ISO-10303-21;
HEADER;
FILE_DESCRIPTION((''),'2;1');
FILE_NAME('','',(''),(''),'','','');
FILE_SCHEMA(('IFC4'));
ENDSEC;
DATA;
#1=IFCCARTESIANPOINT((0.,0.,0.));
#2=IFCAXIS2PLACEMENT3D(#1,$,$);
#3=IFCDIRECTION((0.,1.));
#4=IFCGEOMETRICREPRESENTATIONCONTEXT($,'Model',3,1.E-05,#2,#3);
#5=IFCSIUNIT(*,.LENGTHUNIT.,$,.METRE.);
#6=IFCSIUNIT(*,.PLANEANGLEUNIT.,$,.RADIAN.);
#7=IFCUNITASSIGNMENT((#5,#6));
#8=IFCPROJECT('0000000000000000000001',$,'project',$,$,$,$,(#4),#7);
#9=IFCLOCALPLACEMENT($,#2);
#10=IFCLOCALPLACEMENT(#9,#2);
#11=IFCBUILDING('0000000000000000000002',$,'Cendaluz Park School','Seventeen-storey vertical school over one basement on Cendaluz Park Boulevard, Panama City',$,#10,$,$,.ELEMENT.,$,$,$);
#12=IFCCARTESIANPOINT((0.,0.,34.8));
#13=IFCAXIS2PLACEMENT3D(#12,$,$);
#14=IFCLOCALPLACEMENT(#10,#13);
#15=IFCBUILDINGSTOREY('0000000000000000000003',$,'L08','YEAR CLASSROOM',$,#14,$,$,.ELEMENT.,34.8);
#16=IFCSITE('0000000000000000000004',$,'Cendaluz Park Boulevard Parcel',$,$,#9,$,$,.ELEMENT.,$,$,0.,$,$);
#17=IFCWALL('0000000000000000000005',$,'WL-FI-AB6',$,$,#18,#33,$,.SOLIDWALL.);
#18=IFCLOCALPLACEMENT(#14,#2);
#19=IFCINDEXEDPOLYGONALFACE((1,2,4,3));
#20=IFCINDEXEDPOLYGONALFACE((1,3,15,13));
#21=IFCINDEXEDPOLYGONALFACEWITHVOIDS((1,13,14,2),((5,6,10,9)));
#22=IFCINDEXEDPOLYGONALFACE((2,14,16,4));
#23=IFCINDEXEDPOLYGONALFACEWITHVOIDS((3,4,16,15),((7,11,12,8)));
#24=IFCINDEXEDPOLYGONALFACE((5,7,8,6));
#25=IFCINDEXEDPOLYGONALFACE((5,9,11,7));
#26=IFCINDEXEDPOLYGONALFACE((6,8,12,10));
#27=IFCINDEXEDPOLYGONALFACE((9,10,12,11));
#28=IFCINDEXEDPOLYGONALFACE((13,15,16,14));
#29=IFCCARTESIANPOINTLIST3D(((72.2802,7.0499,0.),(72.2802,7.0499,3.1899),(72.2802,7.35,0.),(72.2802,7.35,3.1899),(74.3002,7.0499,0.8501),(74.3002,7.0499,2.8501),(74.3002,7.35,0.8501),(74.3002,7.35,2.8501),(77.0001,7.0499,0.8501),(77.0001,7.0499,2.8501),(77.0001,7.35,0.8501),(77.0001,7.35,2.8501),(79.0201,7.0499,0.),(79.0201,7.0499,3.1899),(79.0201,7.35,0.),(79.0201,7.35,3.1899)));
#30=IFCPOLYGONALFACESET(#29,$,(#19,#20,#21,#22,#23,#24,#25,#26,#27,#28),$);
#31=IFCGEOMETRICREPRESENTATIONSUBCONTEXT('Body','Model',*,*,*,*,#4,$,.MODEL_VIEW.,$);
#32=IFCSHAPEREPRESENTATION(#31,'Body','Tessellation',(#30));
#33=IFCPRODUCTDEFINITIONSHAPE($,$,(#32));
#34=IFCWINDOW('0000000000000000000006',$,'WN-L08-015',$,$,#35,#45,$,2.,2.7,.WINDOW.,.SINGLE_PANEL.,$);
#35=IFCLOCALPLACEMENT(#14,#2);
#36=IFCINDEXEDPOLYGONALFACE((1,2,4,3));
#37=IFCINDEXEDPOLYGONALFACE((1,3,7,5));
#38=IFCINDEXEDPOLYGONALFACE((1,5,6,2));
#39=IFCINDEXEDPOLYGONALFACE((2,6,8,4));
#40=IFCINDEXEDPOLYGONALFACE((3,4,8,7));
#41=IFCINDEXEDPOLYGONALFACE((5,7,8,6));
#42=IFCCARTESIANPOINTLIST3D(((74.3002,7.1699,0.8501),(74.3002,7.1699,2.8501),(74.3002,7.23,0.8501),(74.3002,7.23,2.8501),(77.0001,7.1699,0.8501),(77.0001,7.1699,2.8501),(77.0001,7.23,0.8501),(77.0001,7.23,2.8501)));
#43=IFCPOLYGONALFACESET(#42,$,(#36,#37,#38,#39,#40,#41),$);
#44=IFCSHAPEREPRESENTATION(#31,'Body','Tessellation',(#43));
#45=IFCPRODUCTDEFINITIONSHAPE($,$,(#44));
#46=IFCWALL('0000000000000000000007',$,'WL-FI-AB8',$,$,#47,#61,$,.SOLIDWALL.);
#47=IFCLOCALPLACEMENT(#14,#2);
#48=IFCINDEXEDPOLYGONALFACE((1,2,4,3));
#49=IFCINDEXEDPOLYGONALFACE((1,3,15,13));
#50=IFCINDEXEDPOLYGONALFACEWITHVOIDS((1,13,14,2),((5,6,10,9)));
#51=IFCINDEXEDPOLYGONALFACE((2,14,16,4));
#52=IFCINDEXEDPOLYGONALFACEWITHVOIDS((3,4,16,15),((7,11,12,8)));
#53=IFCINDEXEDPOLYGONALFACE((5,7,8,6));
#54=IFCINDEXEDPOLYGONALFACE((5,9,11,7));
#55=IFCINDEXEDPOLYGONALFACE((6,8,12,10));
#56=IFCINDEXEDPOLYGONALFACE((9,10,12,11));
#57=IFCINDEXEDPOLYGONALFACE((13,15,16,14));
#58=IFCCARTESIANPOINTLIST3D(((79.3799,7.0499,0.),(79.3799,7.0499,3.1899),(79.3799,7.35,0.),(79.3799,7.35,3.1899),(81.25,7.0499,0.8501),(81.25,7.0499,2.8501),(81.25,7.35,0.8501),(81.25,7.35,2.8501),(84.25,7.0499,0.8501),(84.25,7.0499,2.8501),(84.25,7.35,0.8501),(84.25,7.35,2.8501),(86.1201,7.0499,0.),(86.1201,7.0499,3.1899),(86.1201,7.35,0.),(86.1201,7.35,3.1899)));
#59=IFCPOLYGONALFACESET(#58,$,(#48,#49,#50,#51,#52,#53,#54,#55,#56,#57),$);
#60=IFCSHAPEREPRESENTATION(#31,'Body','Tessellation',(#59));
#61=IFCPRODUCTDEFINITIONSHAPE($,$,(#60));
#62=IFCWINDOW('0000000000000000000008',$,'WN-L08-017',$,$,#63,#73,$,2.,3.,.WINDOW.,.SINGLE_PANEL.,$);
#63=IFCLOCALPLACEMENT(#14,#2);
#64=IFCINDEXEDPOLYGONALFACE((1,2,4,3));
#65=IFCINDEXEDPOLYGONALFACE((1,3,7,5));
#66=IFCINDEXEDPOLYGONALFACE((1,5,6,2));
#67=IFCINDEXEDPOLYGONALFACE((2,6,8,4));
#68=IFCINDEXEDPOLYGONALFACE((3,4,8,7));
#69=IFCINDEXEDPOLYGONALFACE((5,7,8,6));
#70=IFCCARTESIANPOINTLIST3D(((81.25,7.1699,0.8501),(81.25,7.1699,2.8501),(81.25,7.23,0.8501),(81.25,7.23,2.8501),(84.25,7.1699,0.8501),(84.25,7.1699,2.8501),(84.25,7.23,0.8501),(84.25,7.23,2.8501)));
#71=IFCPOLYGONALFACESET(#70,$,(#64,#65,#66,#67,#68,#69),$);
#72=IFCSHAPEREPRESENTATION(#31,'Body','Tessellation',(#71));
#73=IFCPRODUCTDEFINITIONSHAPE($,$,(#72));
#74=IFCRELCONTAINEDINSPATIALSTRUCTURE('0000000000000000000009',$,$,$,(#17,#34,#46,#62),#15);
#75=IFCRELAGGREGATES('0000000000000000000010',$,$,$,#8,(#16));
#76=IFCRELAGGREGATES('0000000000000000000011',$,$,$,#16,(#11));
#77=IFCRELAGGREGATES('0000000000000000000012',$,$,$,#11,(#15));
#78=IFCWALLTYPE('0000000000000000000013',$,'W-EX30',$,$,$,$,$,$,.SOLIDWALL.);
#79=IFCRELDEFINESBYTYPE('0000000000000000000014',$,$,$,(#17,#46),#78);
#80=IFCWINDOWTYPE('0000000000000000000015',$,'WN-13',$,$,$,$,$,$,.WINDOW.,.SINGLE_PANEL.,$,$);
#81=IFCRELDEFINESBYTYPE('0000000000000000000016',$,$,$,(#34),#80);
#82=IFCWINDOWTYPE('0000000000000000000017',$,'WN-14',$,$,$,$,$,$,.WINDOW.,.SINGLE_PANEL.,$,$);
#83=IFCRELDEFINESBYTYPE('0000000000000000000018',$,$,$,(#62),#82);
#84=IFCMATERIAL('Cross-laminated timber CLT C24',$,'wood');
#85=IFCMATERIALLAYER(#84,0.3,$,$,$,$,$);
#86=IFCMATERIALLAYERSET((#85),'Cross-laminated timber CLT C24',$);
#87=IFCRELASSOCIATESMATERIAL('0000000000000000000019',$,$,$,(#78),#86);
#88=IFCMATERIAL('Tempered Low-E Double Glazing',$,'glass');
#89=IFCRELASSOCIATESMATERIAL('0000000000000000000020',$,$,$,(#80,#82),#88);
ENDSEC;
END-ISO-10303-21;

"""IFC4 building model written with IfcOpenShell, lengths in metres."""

from ifc_helpers import new_model, si_unit, direction, frame, frame_2d, origin, place, context, subcontext, project, spatial, rectangle, extrude, material, layer, layer_set, type_object, element, fill, save


model = new_model("IFC4")

# Units and contexts
model_context = context("Model", 3, precision=1e-05, world=origin(), true_north=direction((0.0, 1.0)))
body_context = subcontext(model_context, "Body", "Model", "MODEL_VIEW")
ifc_project = project(units=[si_unit("LENGTHUNIT", "METRE"), si_unit("PLANEANGLEUNIT", "RADIAN")], contexts=[model_context])

# Site, building, storey
site_placement = place(None, origin())
site = spatial("IfcSite", under=ifc_project, at=site_placement, Name="Cendaluz Park Boulevard Parcel", CompositionType="ELEMENT", RefElevation=0.0)
building_placement = place(site_placement, origin())
building = spatial("IfcBuilding", under=site, at=building_placement, Name="Cendaluz Park School", Description="Seventeen-storey vertical school over one basement on Cendaluz Park Boulevard, Panama City", CompositionType="ELEMENT")
storey_placement = place(building_placement, frame((0.0, 0.0, 34.8)))
storey = spatial("IfcBuildingStorey", under=building, at=storey_placement, Name="L08", Description="YEAR CLASSROOM", CompositionType="ELEMENT", Elevation=34.8)

# Walls, openings, windows
ifc_material_1 = material(Name="Cross-laminated timber CLT C24", Category="wood")
ifc_layer_1 = layer(ifc_material_1, 0.3)
ifc_layer_set_1 = layer_set([ifc_layer_1], Name="Cross-laminated timber CLT C24")
wall_type_1 = type_object("IfcWallType", Name="W-EX30", PredefinedType="SOLIDWALL", material=ifc_layer_set_1)
wall_1_placement = place(storey_placement, frame((72.28, 7.2, 0.0), z_axis=(0.0, 0.0, 1.0), x_axis=(1.0, 0.0, 0.0)))
wall_1 = element("IfcWall", 1, at=wall_1_placement, inside=storey, type_object=wall_type_1, Name="WL-FI-AB6", PredefinedType="SOLIDWALL", context=body_context, shape_type="SweptSolid", body=[
    extrude(rectangle(XDim=6.74, YDim=0.3, at=frame_2d((3.3701, 0.0))), origin(), (0.0, 0.0, 1.0), 3.1899),
])
opening_1_placement = place(wall_1_placement, frame((2.02, 0.0, 0.8501)))
opening_1 = element("IfcOpeningElement", 2, at=opening_1_placement, cuts=wall_1, PredefinedType="OPENING", context=body_context, shape_type="SweptSolid", body=[
    extrude(rectangle(XDim=2.7, YDim=2.0, at=frame_2d((1.3501, 1.0))), frame((0.0, 0.1621, 0.0), z_axis=(0.0, -1.0, 0.0), x_axis=(1.0, 0.0, 0.0)), (0.0, 0.0, 1.0), 0.324),
])
ifc_material_2 = material(Name="Tempered Low-E Double Glazing", Category="glass")
window_type_1 = type_object("IfcWindowType", Name="WN-13", PartitioningType="SINGLE_PANEL", PredefinedType="WINDOW", material=ifc_material_2)
window_1_placement = place(opening_1_placement, origin())
window_1 = element("IfcWindow", 3, at=window_1_placement, inside=storey, type_object=window_type_1, Name="WN-L08-015", OverallHeight=2.0, OverallWidth=2.7, PartitioningType="SINGLE_PANEL", PredefinedType="WINDOW", context=body_context, shape_type="SweptSolid", body=[
    extrude(rectangle(XDim=2.7, YDim=2.0, at=frame_2d((1.3501, 1.0))), frame((0.0, 0.03, 0.0), z_axis=(0.0, -1.0, 0.0), x_axis=(1.0, 0.0, 0.0)), (0.0, 0.0, 1.0), 0.0601),
])
fill(opening_1, window_1)
wall_2_placement = place(storey_placement, frame((79.3799, 7.2, 0.0), z_axis=(0.0, 0.0, 1.0), x_axis=(1.0, 0.0, 0.0)))
wall_2 = element("IfcWall", 4, at=wall_2_placement, inside=storey, type_object=wall_type_1, Name="WL-FI-AB8", PredefinedType="SOLIDWALL", context=body_context, shape_type="SweptSolid", body=[
    extrude(rectangle(XDim=6.7402, YDim=0.3, at=frame_2d((3.3701, 0.0))), origin(), (0.0, 0.0, 1.0), 3.1899),
])
opening_2_placement = place(wall_2_placement, frame((1.8701, 0.0, 0.8501)))
opening_2 = element("IfcOpeningElement", 5, at=opening_2_placement, cuts=wall_2, PredefinedType="OPENING", context=body_context, shape_type="SweptSolid", body=[
    extrude(rectangle(XDim=3.0, YDim=2.0, at=frame_2d((1.5, 1.0))), frame((0.0, 0.1621, 0.0), z_axis=(0.0, -1.0, 0.0), x_axis=(1.0, 0.0, 0.0)), (0.0, 0.0, 1.0), 0.324),
])
window_type_2 = type_object("IfcWindowType", Name="WN-14", PartitioningType="SINGLE_PANEL", PredefinedType="WINDOW", material=ifc_material_2)
window_2_placement = place(opening_2_placement, origin())
window_2 = element("IfcWindow", 6, at=window_2_placement, inside=storey, type_object=window_type_2, Name="WN-L08-017", OverallHeight=2.0, OverallWidth=3.0, PartitioningType="SINGLE_PANEL", PredefinedType="WINDOW", context=body_context, shape_type="SweptSolid", body=[
    extrude(rectangle(XDim=3.0, YDim=2.0, at=frame_2d((1.5, 1.0))), frame((0.0, 0.03, 0.0), z_axis=(0.0, -1.0, 0.0), x_axis=(1.0, 0.0, 0.0)), (0.0, 0.0, 1.0), 0.0601),
])
fill(opening_2, window_2)

save(model, "model.ifc")
